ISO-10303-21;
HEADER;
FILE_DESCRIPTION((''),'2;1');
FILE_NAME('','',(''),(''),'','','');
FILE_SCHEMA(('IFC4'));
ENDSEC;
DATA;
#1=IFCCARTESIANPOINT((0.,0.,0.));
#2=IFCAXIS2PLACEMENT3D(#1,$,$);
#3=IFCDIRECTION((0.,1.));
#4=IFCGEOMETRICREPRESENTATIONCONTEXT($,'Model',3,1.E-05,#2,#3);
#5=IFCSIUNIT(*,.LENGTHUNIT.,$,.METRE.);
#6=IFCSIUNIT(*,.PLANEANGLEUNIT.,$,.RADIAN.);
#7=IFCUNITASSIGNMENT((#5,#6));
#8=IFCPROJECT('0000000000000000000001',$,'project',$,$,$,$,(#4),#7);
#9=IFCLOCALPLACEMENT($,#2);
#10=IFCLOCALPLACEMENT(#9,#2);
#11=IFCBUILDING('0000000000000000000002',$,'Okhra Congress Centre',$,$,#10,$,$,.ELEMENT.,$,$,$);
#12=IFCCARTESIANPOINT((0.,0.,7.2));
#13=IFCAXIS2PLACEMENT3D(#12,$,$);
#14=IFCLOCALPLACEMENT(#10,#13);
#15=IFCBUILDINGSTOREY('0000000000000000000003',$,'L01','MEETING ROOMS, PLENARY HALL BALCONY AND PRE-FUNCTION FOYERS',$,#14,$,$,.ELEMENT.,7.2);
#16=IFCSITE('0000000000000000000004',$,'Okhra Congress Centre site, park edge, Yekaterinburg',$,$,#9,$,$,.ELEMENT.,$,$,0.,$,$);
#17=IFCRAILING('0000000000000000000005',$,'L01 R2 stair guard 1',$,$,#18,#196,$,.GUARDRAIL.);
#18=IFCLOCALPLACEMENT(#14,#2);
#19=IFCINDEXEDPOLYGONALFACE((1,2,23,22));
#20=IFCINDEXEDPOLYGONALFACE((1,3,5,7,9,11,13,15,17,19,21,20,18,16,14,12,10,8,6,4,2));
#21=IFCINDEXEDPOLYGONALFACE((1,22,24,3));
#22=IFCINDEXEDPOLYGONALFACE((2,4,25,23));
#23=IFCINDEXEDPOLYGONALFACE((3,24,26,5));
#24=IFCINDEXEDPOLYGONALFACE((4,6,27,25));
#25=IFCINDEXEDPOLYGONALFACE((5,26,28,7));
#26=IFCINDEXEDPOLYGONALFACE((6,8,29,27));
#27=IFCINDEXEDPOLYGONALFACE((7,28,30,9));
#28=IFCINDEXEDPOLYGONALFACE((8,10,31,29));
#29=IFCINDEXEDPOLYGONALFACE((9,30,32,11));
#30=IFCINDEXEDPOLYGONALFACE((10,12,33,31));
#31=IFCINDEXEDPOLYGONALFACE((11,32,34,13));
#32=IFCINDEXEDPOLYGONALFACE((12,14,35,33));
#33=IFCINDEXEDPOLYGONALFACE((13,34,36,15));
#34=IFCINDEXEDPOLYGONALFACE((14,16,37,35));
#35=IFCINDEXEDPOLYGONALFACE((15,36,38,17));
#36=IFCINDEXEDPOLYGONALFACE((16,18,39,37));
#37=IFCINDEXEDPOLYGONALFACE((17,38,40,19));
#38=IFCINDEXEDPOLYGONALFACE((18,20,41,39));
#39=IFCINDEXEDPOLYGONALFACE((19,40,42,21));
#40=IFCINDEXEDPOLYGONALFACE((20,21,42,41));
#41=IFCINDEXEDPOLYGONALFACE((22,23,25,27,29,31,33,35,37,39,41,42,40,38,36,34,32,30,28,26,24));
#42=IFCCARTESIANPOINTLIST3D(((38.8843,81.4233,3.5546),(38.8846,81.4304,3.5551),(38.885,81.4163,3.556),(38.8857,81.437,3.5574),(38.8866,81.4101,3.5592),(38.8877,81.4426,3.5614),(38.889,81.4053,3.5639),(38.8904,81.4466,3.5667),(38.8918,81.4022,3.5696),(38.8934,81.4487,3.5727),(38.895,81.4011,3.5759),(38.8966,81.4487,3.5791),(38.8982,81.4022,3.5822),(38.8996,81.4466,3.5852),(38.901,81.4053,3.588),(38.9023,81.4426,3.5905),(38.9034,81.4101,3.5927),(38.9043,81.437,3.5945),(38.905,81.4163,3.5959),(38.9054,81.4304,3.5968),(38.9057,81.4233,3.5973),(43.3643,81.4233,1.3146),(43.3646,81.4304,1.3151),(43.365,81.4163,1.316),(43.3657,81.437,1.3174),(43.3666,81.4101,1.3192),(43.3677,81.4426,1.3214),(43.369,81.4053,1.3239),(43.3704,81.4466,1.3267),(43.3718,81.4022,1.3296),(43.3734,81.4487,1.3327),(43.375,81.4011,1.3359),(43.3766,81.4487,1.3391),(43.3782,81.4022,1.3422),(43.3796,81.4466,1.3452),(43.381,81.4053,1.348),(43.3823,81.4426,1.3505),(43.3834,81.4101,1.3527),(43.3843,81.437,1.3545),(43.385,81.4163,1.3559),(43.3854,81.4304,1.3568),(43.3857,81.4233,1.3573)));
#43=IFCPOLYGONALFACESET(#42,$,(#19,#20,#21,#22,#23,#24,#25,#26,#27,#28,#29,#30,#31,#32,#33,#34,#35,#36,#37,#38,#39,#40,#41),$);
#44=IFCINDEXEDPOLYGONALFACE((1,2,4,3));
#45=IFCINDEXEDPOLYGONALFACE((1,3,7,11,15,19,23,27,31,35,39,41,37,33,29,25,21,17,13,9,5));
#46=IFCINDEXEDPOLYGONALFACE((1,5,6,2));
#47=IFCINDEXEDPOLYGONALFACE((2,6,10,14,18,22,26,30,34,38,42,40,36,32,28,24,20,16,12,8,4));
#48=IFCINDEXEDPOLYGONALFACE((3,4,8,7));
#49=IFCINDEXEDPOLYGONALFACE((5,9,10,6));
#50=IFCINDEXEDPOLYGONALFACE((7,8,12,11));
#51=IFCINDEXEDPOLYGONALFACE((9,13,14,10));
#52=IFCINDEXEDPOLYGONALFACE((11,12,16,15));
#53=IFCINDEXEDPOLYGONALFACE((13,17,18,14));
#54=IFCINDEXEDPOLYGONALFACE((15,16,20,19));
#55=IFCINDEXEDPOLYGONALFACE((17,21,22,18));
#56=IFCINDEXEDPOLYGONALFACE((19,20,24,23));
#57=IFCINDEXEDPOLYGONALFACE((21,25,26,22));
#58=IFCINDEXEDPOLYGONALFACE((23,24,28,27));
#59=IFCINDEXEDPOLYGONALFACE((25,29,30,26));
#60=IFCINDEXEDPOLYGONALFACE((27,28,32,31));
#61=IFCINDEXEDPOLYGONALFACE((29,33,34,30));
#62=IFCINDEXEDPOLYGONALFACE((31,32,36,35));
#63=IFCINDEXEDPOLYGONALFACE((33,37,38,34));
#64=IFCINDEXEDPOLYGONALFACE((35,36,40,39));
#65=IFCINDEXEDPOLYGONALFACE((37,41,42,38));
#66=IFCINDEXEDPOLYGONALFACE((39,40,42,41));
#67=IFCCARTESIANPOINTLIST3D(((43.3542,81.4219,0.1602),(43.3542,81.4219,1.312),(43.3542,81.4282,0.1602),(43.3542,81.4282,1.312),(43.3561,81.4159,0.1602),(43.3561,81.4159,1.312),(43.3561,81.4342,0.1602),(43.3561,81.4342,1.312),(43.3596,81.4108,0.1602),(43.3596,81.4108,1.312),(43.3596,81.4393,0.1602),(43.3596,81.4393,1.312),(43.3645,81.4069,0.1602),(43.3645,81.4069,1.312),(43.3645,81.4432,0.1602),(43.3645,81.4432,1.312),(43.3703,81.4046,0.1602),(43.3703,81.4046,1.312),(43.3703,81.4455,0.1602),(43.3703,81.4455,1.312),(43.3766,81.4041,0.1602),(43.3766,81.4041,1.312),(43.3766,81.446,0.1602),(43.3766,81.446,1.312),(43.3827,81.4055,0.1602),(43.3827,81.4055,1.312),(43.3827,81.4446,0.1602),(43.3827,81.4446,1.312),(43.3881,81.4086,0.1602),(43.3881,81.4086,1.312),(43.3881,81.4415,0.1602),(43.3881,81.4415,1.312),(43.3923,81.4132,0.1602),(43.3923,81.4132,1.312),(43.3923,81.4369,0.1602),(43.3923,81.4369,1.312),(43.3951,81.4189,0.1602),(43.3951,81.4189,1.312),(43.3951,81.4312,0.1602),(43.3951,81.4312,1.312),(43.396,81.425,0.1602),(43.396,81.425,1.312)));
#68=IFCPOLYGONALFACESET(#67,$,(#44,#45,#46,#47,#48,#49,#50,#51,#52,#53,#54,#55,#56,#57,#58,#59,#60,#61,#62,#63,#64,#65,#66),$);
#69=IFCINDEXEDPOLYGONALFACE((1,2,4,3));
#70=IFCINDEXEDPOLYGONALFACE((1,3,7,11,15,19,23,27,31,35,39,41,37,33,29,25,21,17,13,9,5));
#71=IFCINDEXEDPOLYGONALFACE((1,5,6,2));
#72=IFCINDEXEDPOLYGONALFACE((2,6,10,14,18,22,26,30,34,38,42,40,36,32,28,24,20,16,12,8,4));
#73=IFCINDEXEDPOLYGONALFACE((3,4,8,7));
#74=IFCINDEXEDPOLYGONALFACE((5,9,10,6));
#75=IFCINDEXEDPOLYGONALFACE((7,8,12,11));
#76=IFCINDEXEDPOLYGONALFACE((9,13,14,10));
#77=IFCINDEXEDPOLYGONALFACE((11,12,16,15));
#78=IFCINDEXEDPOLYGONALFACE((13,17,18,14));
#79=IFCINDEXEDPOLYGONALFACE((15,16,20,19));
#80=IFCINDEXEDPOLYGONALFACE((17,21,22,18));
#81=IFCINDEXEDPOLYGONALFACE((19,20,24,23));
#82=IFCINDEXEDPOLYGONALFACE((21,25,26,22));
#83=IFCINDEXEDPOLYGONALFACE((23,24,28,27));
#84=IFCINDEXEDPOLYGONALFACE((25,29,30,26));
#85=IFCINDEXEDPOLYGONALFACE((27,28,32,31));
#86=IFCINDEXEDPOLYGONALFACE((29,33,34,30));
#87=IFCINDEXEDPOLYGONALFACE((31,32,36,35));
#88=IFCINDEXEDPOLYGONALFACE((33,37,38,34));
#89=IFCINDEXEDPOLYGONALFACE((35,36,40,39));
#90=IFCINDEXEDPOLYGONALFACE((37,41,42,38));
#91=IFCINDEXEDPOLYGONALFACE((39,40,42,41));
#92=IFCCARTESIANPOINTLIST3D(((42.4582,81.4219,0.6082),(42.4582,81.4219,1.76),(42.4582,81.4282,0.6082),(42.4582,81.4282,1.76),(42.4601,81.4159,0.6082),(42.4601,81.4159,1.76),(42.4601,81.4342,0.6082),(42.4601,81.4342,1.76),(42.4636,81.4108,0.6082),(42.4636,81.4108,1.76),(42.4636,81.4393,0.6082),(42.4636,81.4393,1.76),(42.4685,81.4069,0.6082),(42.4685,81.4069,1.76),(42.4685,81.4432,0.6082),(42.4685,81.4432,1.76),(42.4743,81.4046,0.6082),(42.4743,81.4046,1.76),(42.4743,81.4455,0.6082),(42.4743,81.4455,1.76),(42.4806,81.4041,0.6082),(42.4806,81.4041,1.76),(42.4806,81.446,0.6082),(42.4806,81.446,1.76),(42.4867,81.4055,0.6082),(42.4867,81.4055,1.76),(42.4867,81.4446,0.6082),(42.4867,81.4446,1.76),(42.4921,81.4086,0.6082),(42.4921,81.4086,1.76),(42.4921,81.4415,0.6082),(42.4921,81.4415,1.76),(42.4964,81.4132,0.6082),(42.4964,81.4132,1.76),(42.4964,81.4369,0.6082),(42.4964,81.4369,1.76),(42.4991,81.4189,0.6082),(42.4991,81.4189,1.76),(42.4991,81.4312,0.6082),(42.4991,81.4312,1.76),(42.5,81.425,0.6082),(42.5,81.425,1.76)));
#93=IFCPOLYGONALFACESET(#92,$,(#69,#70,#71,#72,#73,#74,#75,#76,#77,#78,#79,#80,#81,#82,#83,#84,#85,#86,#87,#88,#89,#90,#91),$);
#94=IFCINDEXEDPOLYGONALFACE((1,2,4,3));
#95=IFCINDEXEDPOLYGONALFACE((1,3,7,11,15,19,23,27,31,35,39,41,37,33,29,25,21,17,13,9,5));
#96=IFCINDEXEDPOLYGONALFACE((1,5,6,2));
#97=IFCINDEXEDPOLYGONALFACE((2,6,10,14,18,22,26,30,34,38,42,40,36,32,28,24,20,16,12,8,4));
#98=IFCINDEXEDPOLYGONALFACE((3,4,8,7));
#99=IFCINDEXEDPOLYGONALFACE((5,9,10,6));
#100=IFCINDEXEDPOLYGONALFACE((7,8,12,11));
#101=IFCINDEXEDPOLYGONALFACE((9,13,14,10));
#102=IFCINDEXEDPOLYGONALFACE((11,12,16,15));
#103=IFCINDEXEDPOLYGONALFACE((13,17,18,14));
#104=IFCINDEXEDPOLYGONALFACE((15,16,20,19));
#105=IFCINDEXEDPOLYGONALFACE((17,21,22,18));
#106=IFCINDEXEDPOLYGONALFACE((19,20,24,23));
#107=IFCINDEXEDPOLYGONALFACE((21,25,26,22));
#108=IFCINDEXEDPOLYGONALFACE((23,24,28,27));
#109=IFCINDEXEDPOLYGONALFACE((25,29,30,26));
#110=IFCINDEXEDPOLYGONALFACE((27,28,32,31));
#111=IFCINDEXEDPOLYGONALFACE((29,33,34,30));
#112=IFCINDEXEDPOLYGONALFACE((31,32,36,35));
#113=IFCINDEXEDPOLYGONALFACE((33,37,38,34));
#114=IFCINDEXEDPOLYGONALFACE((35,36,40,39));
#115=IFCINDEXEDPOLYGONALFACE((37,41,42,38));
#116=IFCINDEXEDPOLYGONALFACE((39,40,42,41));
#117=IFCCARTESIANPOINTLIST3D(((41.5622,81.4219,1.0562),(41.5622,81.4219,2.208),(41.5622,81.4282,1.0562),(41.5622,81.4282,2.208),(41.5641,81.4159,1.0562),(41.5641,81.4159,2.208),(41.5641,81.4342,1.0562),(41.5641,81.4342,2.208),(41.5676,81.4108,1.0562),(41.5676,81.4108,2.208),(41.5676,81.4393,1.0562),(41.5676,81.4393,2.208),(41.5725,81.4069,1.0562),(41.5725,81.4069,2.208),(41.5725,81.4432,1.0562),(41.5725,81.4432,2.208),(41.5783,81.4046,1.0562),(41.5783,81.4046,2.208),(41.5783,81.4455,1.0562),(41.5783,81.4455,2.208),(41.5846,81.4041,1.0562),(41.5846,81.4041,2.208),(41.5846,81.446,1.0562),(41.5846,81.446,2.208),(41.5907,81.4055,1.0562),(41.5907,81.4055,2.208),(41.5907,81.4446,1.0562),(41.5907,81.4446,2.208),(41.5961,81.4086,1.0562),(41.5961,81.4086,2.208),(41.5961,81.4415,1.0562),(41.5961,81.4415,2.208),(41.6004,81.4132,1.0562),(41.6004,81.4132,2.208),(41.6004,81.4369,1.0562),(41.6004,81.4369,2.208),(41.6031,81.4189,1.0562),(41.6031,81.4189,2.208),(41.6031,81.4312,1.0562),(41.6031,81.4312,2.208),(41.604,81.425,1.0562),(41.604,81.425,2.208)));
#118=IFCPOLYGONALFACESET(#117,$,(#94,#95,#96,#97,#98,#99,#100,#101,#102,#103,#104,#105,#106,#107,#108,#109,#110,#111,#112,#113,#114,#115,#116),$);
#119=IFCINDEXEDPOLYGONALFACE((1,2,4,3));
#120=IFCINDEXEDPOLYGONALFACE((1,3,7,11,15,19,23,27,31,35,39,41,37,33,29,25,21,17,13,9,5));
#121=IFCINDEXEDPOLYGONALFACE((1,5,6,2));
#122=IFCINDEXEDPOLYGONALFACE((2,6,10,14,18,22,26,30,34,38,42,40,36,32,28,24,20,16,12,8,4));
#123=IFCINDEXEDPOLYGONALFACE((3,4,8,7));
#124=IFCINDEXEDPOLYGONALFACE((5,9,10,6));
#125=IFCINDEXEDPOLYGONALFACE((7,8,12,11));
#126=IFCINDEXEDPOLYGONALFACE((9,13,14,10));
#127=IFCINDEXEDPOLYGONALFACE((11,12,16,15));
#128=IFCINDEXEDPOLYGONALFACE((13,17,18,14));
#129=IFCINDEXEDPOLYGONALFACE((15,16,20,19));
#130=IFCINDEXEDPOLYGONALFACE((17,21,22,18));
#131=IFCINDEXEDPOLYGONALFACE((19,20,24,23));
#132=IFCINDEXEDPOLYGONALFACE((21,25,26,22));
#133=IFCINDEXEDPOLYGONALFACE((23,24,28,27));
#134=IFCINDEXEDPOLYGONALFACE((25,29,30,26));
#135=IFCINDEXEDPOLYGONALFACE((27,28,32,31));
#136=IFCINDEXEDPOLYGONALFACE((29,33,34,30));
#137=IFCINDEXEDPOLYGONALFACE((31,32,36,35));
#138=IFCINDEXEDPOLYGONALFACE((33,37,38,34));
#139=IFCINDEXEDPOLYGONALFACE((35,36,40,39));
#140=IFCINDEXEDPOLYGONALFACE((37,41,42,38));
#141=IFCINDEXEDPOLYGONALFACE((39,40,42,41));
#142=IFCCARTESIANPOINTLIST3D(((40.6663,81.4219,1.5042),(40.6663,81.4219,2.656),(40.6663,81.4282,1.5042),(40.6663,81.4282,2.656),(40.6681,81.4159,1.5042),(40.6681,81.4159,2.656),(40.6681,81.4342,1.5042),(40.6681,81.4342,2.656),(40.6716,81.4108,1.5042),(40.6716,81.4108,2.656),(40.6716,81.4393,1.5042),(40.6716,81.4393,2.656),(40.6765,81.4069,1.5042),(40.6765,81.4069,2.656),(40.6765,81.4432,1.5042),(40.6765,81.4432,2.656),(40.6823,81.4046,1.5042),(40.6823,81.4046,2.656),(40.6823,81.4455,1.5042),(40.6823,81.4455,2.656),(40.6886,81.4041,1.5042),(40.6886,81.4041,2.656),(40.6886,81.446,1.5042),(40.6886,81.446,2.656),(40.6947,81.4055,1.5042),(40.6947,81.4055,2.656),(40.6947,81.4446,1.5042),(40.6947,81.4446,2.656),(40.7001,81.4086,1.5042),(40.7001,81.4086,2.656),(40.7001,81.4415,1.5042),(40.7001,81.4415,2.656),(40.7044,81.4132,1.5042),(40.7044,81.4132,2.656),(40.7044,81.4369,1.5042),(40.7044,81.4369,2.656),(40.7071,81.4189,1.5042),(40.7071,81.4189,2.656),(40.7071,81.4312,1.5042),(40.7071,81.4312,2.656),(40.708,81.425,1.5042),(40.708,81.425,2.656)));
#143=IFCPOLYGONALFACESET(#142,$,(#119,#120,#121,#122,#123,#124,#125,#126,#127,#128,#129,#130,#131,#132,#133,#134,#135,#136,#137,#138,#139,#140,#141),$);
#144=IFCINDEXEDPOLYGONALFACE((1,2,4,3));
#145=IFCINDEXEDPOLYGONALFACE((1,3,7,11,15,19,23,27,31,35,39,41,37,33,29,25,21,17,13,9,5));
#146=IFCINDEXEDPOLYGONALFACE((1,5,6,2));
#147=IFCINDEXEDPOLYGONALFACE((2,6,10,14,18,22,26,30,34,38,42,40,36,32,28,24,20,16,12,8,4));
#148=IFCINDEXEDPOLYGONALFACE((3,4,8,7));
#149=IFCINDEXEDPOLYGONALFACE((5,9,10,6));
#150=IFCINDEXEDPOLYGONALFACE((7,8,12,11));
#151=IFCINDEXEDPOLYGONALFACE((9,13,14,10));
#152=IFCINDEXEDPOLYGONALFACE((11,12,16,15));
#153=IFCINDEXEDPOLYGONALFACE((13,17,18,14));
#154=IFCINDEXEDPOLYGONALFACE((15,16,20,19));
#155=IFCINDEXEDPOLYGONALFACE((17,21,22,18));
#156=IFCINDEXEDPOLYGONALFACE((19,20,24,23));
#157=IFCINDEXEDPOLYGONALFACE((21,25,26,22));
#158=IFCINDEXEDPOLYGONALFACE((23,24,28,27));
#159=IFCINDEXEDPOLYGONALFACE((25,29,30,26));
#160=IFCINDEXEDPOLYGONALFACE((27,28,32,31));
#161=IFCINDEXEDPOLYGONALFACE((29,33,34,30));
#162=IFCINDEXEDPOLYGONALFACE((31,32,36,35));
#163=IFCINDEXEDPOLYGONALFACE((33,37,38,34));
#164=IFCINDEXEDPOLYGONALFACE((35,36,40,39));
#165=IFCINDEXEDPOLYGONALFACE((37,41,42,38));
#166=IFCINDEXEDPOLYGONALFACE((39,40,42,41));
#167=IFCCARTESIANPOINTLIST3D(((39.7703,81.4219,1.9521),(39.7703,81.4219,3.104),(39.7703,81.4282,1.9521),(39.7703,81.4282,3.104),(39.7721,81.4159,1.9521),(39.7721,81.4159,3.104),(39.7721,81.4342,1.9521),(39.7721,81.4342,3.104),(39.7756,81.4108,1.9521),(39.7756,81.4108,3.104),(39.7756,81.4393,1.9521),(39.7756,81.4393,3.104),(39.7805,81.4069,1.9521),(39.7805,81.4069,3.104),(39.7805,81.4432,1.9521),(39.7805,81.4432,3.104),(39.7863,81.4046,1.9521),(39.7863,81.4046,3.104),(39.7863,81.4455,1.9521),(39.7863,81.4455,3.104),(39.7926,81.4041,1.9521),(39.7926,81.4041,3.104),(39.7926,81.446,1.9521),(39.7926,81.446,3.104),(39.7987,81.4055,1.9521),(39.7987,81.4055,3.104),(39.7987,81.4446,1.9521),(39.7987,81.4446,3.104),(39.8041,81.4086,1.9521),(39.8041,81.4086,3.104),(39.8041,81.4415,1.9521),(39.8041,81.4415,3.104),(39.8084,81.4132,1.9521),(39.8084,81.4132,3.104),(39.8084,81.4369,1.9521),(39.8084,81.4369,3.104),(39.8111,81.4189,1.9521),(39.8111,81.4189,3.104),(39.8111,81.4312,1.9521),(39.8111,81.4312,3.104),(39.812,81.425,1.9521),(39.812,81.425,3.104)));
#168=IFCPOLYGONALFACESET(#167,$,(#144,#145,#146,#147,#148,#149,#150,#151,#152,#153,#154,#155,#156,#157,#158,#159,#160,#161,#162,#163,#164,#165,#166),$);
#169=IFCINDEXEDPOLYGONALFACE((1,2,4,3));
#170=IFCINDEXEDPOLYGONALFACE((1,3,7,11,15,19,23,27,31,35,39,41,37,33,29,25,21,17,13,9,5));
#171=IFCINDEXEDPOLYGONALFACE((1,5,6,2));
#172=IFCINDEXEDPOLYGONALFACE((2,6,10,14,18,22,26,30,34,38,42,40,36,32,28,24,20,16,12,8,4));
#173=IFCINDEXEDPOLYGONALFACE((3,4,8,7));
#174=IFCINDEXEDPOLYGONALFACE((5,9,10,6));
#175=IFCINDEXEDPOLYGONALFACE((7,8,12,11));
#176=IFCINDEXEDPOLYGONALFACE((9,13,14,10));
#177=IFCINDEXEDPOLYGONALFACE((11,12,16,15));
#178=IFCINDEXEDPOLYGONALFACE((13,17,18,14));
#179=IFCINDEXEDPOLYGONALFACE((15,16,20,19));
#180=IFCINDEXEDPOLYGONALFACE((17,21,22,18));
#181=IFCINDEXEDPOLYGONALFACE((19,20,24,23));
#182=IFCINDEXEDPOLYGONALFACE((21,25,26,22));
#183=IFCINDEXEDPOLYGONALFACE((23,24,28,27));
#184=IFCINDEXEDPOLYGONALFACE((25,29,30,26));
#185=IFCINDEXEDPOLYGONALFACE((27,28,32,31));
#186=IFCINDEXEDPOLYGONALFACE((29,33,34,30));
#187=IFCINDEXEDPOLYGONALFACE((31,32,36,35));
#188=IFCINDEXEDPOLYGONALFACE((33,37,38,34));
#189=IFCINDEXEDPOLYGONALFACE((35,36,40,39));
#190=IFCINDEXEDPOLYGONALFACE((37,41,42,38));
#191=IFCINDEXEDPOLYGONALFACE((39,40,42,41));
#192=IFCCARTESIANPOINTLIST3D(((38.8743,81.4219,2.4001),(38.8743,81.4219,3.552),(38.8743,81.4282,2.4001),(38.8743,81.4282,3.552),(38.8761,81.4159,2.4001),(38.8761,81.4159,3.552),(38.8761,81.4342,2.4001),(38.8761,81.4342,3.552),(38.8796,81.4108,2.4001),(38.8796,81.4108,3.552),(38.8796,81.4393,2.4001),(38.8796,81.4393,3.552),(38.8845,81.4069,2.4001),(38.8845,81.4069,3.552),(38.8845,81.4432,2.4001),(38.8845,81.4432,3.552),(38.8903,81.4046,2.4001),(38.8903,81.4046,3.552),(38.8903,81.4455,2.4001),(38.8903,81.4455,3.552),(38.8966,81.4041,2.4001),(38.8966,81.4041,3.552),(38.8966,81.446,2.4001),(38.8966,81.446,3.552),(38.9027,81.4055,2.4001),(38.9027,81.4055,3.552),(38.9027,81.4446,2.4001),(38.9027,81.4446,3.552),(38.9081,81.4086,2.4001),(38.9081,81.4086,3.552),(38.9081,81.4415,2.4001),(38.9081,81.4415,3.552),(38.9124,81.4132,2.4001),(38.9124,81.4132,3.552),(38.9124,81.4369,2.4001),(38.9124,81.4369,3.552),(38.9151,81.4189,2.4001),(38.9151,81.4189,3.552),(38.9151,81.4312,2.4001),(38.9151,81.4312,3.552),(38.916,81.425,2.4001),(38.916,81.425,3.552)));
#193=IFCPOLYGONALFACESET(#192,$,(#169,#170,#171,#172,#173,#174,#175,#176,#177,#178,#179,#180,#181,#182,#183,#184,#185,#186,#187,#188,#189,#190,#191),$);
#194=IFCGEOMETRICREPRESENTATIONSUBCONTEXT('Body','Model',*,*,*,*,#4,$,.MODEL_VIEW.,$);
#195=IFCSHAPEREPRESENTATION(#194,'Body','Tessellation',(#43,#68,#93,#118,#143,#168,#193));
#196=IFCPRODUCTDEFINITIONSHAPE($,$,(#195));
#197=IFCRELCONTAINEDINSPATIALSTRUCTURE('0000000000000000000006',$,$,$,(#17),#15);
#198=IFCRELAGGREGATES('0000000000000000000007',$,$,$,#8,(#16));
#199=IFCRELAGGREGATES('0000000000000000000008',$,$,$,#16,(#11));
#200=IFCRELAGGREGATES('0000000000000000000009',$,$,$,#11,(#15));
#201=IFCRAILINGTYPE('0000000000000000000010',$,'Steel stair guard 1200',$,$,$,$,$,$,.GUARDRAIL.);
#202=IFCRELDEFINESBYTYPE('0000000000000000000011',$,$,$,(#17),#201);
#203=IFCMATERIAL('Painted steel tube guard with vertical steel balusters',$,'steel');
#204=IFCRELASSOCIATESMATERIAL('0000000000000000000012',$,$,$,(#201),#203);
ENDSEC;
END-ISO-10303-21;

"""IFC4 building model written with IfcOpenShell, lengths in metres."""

from ifc_helpers import new_model, si_unit, direction, frame, origin, origin_2d, place, context, subcontext, project, spatial, circle, extrude, material, type_object, element, save


model = new_model("IFC4")

# Units and contexts
model_context = context("Model", 3, precision=1e-05, world=origin(), true_north=direction((0.0, 1.0)))
body_context = subcontext(model_context, "Body", "Model", "MODEL_VIEW")
ifc_project = project(units=[si_unit("LENGTHUNIT", "METRE"), si_unit("PLANEANGLEUNIT", "RADIAN")], contexts=[model_context])

# Site, building, storey
site_placement = place(None, origin())
site = spatial("IfcSite", under=ifc_project, at=site_placement, Name="Okhra Congress Centre site, park edge, Yekaterinburg", CompositionType="ELEMENT", RefElevation=0.0)
building_placement = place(site_placement, origin())
building = spatial("IfcBuilding", under=site, at=building_placement, Name="Okhra Congress Centre", CompositionType="ELEMENT")
storey_placement = place(building_placement, frame((0.0, 0.0, 7.2)))
storey = spatial("IfcBuildingStorey", under=building, at=storey_placement, Name="L01", Description="MEETING ROOMS, PLENARY HALL BALCONY AND PRE-FUNCTION FOYERS", CompositionType="ELEMENT", Elevation=7.2)

# Railing
ifc_material_1 = material(Name="Painted steel tube guard with vertical steel balusters", Category="steel")
railing_type_1 = type_object("IfcRailingType", Name="Steel stair guard 1200", PredefinedType="GUARDRAIL", material=ifc_material_1)
railing_1_placement = place(storey_placement, frame((43.375, 81.425, 0.1602)))
element("IfcRailing", 1, at=railing_1_placement, inside=storey, type_object=railing_type_1, Name="L01 R2 stair guard 1", PredefinedType="GUARDRAIL", context=body_context, shape_type="SweptSolid", body=[
    extrude(circle(Radius=0.0239, at=origin_2d()), frame((0.0, 0.0, 1.1758), z_axis=(-0.894427, 0.0, 0.447214), x_axis=(0.0, -1.0, 0.0)), (0.0, 0.0, 1.0), 5.0088),
    extrude(circle(Radius=0.021, at=origin_2d()), origin(), (0.0, 0.0, 1.0), 1.1519),
    extrude(circle(Radius=0.021, at=origin_2d()), frame((-0.896, 0.0, 0.448)), (0.0, 0.0, 1.0), 1.1519),
    extrude(circle(Radius=0.021, at=origin_2d()), frame((-1.792, 0.0, 0.896)), (0.0, 0.0, 1.0), 1.1519),
    extrude(circle(Radius=0.021, at=origin_2d()), frame((-2.688, 0.0, 1.344)), (0.0, 0.0, 1.0), 1.1519),
    extrude(circle(Radius=0.021, at=origin_2d()), frame((-3.584, 0.0, 1.792)), (0.0, 0.0, 1.0), 1.1519),
    extrude(circle(Radius=0.021, at=origin_2d()), frame((-4.48, 0.0, 2.24)), (0.0, 0.0, 1.0), 1.1519),
])

save(model, "model.ifc")
